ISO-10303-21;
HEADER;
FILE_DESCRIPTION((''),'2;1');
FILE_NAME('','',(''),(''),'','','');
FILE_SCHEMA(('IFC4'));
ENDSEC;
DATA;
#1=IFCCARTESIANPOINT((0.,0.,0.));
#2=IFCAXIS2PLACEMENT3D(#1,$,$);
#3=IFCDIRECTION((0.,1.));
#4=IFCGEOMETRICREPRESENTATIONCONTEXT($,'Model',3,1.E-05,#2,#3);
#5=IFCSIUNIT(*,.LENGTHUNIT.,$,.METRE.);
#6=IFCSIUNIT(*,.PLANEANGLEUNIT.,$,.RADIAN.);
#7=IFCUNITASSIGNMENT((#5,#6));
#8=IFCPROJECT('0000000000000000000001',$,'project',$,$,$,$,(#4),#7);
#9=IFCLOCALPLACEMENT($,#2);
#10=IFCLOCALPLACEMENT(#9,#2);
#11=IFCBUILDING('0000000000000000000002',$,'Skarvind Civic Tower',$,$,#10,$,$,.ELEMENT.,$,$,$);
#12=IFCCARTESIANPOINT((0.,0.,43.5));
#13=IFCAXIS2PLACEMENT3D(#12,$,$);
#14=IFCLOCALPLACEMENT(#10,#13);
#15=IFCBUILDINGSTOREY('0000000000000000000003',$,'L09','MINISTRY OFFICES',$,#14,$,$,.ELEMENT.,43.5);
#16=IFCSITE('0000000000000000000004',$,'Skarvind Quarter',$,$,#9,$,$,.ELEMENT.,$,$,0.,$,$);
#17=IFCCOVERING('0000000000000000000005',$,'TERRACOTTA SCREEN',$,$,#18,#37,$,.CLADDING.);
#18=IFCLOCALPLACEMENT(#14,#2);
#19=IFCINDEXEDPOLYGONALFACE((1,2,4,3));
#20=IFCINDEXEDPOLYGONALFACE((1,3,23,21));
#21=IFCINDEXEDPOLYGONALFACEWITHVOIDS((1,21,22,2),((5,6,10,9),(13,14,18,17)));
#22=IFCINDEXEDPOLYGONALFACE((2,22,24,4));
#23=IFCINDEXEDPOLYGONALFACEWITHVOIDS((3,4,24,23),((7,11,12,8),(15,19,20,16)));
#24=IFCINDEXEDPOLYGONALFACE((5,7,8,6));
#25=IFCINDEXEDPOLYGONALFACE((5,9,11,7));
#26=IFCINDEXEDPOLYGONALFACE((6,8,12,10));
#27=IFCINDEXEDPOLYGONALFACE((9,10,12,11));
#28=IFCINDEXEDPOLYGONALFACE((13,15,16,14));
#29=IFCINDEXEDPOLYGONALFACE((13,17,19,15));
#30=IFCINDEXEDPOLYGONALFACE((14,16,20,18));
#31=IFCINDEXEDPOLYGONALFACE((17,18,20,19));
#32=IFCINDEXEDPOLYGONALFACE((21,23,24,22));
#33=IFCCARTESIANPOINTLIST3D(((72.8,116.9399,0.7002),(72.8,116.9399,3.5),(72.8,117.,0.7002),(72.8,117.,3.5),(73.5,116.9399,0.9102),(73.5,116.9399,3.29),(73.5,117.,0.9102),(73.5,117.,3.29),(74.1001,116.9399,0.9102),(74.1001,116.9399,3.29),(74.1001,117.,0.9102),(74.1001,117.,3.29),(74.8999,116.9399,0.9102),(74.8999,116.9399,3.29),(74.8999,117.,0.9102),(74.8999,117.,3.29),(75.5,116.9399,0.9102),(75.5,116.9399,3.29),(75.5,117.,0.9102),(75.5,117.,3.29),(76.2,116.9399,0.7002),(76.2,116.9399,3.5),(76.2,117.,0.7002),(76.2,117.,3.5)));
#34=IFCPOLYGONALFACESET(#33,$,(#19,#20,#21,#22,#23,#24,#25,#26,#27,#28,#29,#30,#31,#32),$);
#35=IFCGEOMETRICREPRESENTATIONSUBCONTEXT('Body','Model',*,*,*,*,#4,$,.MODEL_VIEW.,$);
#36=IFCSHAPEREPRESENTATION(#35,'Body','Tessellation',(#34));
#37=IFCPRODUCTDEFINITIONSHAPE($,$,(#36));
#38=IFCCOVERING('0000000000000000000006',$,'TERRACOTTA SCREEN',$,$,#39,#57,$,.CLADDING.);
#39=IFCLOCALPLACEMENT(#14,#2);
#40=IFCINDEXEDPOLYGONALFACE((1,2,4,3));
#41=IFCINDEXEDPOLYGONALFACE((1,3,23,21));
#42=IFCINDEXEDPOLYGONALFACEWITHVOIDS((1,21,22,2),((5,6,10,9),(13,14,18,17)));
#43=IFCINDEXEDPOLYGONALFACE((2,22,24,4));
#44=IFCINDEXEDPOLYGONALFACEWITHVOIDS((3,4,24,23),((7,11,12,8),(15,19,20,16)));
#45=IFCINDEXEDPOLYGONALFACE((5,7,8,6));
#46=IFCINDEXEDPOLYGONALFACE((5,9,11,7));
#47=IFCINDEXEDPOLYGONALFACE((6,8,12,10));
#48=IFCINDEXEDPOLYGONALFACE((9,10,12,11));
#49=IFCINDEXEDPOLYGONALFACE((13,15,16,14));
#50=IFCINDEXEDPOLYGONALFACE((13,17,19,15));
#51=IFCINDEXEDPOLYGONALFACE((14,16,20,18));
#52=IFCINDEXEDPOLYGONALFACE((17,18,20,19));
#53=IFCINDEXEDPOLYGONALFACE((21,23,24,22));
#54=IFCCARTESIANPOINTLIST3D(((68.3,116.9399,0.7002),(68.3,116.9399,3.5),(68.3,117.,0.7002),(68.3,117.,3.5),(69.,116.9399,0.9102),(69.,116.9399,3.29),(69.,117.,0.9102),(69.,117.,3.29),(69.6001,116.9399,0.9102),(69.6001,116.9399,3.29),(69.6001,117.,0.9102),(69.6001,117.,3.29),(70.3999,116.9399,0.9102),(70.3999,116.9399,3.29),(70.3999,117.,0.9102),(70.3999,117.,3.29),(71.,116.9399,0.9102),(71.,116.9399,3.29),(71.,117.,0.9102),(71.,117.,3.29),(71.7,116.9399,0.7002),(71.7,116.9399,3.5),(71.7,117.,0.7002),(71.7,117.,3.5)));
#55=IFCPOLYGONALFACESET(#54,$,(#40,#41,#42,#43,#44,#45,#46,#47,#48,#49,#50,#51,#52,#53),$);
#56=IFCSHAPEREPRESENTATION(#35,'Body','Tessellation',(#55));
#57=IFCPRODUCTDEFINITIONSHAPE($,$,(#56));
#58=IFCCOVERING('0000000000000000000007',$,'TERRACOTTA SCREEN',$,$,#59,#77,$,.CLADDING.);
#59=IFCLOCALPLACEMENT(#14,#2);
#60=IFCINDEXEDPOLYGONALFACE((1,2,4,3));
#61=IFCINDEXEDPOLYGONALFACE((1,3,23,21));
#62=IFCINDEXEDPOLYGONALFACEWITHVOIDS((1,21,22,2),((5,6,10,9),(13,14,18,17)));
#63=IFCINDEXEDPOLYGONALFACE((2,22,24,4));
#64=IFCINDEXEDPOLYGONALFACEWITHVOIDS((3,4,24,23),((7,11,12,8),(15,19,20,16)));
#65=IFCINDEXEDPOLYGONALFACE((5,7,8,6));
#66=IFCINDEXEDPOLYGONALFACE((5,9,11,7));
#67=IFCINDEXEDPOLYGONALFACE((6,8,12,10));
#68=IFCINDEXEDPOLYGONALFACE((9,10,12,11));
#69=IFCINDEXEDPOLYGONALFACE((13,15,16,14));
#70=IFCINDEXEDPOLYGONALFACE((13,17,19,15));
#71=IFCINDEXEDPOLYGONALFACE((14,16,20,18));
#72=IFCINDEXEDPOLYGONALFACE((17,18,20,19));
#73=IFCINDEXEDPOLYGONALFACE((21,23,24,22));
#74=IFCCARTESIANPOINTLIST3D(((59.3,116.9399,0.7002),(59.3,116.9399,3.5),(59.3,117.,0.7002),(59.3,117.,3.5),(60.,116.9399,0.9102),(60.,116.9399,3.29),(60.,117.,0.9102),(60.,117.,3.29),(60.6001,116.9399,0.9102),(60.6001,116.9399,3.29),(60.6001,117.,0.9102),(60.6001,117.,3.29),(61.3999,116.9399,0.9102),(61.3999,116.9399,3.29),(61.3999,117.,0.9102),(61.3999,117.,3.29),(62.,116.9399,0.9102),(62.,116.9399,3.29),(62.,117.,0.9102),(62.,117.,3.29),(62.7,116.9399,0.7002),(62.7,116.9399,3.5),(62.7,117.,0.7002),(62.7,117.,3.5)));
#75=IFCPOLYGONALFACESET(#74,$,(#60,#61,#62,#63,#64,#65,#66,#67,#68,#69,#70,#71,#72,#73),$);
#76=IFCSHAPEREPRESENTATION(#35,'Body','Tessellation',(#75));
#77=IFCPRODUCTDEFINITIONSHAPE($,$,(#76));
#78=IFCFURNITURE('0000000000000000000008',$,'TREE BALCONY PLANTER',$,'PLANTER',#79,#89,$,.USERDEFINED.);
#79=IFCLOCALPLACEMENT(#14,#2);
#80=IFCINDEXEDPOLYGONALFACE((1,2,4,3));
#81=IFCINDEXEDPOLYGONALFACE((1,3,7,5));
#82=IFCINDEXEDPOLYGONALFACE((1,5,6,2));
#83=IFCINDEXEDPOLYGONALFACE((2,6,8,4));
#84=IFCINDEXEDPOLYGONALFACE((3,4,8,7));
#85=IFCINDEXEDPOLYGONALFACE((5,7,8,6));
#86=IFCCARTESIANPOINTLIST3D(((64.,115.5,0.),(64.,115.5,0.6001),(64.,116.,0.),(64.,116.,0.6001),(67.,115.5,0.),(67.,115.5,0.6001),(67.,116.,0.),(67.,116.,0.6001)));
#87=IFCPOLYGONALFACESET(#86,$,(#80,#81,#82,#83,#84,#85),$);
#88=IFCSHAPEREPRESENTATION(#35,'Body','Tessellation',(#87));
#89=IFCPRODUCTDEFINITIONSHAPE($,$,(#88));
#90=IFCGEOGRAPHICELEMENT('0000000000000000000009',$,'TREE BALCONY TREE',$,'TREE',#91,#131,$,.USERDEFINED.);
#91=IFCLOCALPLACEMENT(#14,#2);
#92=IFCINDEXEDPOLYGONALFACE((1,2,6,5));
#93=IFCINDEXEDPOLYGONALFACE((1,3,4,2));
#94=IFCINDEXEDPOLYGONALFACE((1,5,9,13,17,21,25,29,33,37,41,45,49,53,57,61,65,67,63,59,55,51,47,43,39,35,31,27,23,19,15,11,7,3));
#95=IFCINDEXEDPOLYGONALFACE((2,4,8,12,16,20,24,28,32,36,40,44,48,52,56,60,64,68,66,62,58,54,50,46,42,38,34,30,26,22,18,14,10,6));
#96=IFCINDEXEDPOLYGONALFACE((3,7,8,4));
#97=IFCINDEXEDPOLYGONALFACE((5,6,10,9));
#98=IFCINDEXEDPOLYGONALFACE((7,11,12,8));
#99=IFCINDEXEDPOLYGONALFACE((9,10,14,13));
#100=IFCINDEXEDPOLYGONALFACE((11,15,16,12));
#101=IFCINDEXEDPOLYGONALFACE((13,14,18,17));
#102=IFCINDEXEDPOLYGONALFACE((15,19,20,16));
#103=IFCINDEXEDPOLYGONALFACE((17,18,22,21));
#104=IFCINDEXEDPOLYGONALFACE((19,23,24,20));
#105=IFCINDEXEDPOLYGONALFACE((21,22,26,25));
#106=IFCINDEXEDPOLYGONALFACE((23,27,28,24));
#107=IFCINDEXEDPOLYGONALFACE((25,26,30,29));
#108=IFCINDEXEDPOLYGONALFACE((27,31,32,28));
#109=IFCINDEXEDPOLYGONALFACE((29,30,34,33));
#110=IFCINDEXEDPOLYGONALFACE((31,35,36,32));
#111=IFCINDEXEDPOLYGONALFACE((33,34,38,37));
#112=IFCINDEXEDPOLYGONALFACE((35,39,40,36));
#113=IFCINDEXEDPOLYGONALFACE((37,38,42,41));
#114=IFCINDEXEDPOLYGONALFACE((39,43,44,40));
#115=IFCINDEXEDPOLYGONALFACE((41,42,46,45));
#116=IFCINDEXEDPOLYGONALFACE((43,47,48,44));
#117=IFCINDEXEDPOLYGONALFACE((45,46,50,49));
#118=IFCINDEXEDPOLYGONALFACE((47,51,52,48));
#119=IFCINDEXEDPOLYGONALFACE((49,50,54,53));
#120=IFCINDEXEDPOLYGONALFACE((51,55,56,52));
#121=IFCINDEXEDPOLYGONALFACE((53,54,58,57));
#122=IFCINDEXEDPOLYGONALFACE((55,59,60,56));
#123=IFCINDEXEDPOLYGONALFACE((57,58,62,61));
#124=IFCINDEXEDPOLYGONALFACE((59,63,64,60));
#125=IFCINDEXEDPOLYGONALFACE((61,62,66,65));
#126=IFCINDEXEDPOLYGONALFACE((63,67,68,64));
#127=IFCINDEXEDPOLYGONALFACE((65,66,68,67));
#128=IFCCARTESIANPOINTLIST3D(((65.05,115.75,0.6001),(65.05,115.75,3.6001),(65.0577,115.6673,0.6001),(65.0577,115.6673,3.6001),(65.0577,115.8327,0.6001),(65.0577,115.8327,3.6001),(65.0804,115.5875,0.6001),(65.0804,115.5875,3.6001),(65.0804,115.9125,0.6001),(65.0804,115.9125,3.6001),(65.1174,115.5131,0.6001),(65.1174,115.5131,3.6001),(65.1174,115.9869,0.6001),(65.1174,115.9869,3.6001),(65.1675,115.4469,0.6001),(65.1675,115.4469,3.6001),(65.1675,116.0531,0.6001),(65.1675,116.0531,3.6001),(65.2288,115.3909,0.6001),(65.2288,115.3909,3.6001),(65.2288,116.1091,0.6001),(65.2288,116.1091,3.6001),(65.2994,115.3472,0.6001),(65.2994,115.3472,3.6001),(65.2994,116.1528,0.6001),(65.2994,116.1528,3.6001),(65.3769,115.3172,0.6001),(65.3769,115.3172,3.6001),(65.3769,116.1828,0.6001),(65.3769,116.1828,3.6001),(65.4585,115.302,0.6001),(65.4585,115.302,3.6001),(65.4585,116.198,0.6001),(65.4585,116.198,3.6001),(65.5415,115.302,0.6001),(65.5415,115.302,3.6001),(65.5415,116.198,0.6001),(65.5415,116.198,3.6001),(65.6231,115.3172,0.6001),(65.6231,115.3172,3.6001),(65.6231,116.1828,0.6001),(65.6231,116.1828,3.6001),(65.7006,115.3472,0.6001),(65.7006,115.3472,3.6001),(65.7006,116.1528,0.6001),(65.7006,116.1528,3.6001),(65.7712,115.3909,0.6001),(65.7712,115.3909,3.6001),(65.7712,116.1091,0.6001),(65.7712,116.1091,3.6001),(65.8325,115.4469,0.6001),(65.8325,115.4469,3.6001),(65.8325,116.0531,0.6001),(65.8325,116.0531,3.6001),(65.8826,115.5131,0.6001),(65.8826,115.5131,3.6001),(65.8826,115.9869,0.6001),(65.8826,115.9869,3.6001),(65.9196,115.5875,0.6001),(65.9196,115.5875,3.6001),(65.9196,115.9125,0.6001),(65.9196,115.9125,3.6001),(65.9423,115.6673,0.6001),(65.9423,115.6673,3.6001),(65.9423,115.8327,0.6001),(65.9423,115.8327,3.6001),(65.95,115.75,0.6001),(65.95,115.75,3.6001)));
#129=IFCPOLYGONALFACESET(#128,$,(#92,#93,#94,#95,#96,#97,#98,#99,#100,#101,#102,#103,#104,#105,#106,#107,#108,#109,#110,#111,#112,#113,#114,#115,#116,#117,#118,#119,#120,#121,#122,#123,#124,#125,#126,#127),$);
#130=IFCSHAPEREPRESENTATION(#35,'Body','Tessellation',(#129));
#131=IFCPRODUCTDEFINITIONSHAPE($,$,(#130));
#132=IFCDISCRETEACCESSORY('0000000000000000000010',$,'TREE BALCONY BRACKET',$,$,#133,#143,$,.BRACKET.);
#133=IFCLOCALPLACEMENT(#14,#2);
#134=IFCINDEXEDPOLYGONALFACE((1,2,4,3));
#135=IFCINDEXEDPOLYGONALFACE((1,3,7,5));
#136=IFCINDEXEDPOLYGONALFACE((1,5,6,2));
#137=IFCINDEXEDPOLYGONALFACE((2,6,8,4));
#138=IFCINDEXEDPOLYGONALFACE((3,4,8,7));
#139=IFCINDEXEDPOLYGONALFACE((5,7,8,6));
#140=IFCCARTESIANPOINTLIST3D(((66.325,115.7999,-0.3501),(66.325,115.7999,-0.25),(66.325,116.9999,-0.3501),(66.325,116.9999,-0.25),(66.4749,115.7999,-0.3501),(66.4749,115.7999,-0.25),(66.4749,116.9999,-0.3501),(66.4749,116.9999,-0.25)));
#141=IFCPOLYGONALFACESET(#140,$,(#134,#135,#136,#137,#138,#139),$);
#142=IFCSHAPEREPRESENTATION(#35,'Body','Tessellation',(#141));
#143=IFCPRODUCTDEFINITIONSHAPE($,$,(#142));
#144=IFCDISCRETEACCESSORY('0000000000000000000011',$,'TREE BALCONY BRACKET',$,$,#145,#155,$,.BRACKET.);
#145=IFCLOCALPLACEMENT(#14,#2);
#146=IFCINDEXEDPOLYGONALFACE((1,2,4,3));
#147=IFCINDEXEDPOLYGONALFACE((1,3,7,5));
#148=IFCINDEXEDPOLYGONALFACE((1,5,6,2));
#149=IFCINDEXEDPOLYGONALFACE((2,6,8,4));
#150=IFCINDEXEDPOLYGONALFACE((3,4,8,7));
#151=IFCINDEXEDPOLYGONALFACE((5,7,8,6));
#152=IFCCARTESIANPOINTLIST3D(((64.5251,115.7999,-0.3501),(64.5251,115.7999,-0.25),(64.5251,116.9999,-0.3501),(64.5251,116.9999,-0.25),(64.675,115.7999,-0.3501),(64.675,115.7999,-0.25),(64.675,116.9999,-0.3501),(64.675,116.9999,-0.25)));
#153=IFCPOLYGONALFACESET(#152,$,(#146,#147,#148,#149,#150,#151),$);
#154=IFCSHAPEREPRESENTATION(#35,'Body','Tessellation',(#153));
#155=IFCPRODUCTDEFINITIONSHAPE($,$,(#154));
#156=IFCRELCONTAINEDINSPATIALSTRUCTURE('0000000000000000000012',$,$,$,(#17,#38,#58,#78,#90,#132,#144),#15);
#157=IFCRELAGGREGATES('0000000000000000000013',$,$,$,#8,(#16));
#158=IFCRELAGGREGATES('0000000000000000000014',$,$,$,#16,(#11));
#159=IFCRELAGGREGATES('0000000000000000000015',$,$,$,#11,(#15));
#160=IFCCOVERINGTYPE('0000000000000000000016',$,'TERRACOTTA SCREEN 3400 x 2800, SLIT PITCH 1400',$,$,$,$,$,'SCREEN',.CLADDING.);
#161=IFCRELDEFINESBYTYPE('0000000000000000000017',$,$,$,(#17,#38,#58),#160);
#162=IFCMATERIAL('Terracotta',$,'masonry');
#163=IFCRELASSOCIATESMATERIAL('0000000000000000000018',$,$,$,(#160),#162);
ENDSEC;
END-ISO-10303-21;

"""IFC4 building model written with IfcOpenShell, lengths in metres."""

from ifc_helpers import new_model, si_unit, direction, frame, origin, origin_2d, place, context, subcontext, project, spatial, polyline, rectangle, circle, outline, extrude, material, material_profile, profile_set, type_object, element, save


model = new_model("IFC4")

# Units and contexts
model_context = context("Model", 3, precision=1e-05, world=origin(), true_north=direction((0.0, 1.0)))
body_context = subcontext(model_context, "Body", "Model", "MODEL_VIEW")
ifc_project = project(units=[si_unit("LENGTHUNIT", "METRE"), si_unit("PLANEANGLEUNIT", "RADIAN")], contexts=[model_context])

# Site, building, storey
site_placement = place(None, origin())
site = spatial("IfcSite", under=ifc_project, at=site_placement, Name="Skarvind Quarter", CompositionType="ELEMENT", RefElevation=0.0)
building_placement = place(site_placement, origin())
building = spatial("IfcBuilding", under=site, at=building_placement, Name="Skarvind Civic Tower", CompositionType="ELEMENT")
storey_placement = place(building_placement, frame((0.0, 0.0, 43.5)))
storey = spatial("IfcBuildingStorey", under=building, at=storey_placement, Name="L09", Description="MINISTRY OFFICES", CompositionType="ELEMENT", Elevation=43.5)

# Coverings
ifc_material_1 = material(Name="Terracotta", Category="masonry")
ifc_material_profile_1 = material_profile(ifc_material_1, outline(polyline([(-1.7, -1.3999), (1.7, -1.3999), (1.7, 1.3999), (-1.7, 1.3999), (-1.7, -1.3999)]), holes=[polyline([(-1.0, -1.1899), (-0.3999, -1.1899), (-0.3999, 1.1899), (-1.0, 1.1899), (-1.0, -1.1899)]), polyline([(0.3999, -1.1899), (1.0, -1.1899), (1.0, 1.1899), (0.3999, 1.1899), (0.3999, -1.1899)])]), Name="TERRACOTTA SCREEN 3400 x 2800, SLIT PITCH 1400")
ifc_profile_set_1 = profile_set([ifc_material_profile_1], Name="Terracotta")
covering_type = type_object("IfcCoveringType", Name="TERRACOTTA SCREEN 3400 x 2800, SLIT PITCH 1400", ElementType="SCREEN", PredefinedType="CLADDING", material=ifc_profile_set_1)
for number, where, z_axis, x_axis, name in (
    (1, (74.5, 117.0, 2.1001), (0.0, -1.0, 0.0), (1.0, 0.0, 0.0), "TERRACOTTA SCREEN"),
    (2, (70.0, 117.0, 2.1001), (0.0, -1.0, 0.0), (1.0, 0.0, 0.0), "TERRACOTTA SCREEN"),
    (3, (61.0, 117.0, 2.1001), (0.0, -1.0, 0.0), (1.0, 0.0, 0.0), "TERRACOTTA SCREEN"),
):
    element("IfcCovering", number, at=place(storey_placement, frame(where, z_axis=z_axis, x_axis=x_axis)), inside=storey, type_object=covering_type, Name=name, PredefinedType="CLADDING", context=body_context, shape_type="SweptSolid", body=[
        extrude(outline(polyline([(-1.7, -1.3999), (1.7, -1.3999), (1.7, 1.3999), (-1.7, 1.3999), (-1.7, -1.3999)]), holes=[polyline([(-1.0, -1.1899), (-0.3999, -1.1899), (-0.3999, 1.1899), (-1.0, 1.1899), (-1.0, -1.1899)]), polyline([(0.3999, -1.1899), (1.0, -1.1899), (1.0, 1.1899), (0.3999, 1.1899), (0.3999, -1.1899)])]), origin(), (0.0, 0.0, 1.0), 0.0601),
    ])

# Furniture
furniture_placement = place(storey_placement, frame((65.5, 115.75, 0.0), z_axis=(0.0, 0.0, 1.0), x_axis=(-1.0, 0.0, 0.0)))
element("IfcFurniture", 4, at=furniture_placement, inside=storey, Name="TREE BALCONY PLANTER", ObjectType="PLANTER", PredefinedType="USERDEFINED", context=body_context, shape_type="SweptSolid", body=[
    extrude(rectangle(XDim=3.0, YDim=0.5, at=origin_2d()), origin(), (0.0, 0.0, 1.0), 0.6001),
])

# Geographic element
geographic_element_placement = place(storey_placement, frame((65.5, 115.75, 0.6001), z_axis=(0.0, 0.0, 1.0), x_axis=(1.0, 0.0, 0.0)))
element("IfcGeographicElement", 5, at=geographic_element_placement, inside=storey, Name="TREE BALCONY TREE", ObjectType="TREE", PredefinedType="USERDEFINED", context=body_context, shape_type="SweptSolid", body=[
    extrude(circle(Radius=0.45, at=origin_2d()), origin(), (0.0, 0.0, 1.0), 3.0),
])

# Discrete accessories
for number, where, z_axis, x_axis, name in (
    (6, (66.3999, 116.3999, -0.3501), (0.0, 0.0, 1.0), (-1.0, 0.0, 0.0), "TREE BALCONY BRACKET"),
    (7, (64.6001, 116.3999, -0.3501), (0.0, 0.0, 1.0), (-1.0, 0.0, 0.0), "TREE BALCONY BRACKET"),
):
    element("IfcDiscreteAccessory", number, at=place(storey_placement, frame(where, z_axis=z_axis, x_axis=x_axis)), inside=storey, Name=name, PredefinedType="BRACKET", context=body_context, shape_type="SweptSolid", body=[
        extrude(rectangle(XDim=0.1499, YDim=1.2, at=origin_2d()), origin(), (0.0, 0.0, 1.0), 0.1001),
    ])

save(model, "model.ifc")
